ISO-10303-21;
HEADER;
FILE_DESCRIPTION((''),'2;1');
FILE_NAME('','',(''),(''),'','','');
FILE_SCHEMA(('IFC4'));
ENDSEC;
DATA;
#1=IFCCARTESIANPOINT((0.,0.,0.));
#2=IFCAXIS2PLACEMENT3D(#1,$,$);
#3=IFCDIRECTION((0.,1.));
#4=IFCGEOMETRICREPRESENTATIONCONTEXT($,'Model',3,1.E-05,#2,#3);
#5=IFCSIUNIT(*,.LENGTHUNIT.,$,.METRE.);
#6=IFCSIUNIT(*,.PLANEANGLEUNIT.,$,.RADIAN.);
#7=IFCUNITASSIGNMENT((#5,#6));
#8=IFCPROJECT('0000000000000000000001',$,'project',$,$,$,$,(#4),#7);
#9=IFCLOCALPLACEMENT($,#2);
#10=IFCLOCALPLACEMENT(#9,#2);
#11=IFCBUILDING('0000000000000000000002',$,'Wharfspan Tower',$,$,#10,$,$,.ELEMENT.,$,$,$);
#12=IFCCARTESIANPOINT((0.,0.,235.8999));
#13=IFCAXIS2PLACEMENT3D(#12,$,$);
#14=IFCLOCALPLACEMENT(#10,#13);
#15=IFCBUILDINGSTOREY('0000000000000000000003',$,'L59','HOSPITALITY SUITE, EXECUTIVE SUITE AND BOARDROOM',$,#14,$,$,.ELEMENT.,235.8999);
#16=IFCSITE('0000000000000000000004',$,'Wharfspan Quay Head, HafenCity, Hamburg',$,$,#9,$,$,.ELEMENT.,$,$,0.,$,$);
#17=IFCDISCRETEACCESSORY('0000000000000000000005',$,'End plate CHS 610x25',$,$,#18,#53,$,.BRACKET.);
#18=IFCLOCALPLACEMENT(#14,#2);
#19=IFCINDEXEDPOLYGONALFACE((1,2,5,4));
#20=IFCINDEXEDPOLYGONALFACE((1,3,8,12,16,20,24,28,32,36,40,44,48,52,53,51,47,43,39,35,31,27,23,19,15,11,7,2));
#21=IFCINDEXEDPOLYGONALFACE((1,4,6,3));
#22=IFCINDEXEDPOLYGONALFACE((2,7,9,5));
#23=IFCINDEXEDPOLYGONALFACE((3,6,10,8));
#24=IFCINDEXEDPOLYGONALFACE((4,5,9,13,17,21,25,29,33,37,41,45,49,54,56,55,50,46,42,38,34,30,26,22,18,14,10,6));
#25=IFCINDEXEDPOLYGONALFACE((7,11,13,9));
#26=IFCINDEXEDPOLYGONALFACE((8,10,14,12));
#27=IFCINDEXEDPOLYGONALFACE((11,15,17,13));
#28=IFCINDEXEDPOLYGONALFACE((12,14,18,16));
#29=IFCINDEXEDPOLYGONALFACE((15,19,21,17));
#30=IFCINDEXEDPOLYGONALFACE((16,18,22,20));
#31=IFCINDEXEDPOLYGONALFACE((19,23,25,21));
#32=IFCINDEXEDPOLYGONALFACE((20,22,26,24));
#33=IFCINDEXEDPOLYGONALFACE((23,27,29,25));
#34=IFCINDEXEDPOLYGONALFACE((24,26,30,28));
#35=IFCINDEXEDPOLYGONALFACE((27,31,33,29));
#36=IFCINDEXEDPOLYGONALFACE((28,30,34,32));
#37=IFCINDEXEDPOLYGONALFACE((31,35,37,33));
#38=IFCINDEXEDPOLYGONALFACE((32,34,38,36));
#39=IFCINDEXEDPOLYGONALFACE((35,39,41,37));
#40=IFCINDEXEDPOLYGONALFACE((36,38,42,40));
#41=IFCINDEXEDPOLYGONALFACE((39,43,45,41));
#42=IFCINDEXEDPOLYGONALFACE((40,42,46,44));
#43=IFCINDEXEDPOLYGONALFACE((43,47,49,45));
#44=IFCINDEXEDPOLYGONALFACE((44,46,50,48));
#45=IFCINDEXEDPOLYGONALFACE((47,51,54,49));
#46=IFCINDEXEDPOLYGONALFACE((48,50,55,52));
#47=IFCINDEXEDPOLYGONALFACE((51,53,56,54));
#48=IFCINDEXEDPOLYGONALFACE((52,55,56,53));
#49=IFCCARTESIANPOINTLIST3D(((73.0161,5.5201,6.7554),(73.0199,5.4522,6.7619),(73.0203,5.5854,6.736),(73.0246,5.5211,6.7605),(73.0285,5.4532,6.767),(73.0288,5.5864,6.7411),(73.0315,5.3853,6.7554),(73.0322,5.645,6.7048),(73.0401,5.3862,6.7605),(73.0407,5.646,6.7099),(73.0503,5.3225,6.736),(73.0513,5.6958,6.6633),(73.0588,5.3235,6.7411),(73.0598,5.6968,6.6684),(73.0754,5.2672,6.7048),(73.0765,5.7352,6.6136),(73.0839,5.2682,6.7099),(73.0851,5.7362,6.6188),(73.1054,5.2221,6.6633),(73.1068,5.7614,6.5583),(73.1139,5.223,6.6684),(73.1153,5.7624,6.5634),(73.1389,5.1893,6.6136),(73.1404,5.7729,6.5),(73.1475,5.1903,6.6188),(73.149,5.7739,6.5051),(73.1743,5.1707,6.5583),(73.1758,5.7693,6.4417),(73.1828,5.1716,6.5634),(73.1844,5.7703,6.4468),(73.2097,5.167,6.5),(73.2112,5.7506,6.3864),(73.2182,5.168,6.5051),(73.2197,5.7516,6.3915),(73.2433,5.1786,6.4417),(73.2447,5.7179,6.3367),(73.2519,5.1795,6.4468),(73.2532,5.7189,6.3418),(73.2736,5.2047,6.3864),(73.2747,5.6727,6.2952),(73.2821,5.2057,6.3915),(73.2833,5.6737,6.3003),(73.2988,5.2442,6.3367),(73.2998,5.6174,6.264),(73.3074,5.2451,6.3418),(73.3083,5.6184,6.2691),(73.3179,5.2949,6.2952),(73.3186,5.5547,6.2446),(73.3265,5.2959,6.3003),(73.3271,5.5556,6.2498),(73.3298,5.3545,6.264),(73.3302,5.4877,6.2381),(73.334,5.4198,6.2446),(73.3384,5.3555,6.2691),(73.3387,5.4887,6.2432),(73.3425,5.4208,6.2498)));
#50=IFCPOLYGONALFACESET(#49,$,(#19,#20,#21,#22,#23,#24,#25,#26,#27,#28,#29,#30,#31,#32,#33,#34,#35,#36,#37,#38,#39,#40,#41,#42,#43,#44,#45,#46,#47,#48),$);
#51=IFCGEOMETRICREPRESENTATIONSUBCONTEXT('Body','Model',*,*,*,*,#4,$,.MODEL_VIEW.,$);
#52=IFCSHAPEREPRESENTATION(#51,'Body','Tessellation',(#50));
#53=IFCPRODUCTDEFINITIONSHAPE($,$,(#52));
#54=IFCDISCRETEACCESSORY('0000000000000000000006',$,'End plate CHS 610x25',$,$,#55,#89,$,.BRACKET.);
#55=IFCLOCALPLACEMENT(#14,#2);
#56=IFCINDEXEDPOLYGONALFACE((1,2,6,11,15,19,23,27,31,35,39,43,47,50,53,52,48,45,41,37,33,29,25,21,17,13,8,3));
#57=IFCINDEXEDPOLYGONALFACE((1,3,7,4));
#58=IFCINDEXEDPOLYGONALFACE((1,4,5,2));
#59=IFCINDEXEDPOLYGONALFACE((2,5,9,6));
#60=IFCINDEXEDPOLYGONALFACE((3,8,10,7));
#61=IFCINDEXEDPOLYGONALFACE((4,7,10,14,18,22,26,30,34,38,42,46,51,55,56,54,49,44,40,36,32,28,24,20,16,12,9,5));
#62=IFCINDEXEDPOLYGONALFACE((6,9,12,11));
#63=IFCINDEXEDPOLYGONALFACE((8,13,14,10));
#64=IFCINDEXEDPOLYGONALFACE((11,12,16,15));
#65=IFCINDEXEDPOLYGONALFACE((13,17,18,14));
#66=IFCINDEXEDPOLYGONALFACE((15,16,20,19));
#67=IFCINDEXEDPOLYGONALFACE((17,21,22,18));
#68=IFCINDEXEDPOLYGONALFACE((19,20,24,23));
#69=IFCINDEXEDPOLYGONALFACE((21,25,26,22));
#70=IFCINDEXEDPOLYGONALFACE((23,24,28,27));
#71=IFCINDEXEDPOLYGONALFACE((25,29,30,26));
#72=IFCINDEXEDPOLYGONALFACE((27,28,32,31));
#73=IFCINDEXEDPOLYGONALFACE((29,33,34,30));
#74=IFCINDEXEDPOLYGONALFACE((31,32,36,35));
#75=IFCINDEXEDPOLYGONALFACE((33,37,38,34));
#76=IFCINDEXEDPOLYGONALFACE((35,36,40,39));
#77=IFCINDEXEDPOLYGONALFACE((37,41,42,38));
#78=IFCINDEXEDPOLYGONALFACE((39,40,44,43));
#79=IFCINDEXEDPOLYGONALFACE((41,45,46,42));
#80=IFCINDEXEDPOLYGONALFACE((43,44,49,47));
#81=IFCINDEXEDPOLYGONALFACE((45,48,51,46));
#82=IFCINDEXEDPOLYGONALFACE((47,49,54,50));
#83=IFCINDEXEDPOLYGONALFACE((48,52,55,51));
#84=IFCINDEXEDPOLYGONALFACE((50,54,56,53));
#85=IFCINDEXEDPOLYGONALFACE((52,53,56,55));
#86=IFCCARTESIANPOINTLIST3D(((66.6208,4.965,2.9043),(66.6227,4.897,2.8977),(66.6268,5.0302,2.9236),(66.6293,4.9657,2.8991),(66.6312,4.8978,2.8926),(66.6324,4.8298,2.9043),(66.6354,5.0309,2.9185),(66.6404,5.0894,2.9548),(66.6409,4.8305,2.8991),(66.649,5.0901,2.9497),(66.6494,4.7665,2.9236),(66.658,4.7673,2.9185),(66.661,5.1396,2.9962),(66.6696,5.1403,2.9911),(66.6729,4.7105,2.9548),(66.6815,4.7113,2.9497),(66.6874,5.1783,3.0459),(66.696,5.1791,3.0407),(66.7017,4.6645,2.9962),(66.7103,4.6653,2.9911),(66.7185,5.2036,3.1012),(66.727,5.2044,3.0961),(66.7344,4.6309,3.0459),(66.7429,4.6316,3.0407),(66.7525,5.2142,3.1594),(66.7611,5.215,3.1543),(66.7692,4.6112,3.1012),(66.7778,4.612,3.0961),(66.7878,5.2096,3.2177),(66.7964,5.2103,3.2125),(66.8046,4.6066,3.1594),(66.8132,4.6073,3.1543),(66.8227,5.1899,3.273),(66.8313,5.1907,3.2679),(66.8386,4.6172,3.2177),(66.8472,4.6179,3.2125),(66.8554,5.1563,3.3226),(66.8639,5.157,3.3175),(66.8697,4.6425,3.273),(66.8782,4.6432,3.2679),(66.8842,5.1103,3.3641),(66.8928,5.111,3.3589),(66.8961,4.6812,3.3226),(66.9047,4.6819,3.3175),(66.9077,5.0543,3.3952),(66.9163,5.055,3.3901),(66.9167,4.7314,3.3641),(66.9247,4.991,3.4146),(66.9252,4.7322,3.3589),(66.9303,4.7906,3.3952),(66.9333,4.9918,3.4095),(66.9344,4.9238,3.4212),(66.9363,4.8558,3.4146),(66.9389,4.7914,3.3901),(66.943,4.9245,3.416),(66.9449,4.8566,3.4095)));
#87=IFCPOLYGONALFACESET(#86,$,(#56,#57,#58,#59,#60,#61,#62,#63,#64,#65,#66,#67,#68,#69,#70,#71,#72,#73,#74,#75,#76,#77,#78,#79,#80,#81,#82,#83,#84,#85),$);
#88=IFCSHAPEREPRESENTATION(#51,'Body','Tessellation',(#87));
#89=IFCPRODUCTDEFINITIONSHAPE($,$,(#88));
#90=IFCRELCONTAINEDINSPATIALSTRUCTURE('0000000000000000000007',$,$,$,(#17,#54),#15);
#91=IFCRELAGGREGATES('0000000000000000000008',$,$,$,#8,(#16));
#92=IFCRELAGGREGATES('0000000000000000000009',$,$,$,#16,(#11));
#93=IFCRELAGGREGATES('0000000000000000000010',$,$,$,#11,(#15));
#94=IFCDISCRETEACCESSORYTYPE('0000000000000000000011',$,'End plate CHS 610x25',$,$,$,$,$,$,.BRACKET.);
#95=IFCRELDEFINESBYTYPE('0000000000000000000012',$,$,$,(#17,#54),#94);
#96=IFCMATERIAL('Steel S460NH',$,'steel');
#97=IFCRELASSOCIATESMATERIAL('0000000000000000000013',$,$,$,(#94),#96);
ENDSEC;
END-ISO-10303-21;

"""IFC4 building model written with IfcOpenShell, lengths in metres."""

from ifc_helpers import new_model, si_unit, direction, frame, origin, origin_2d, place, context, subcontext, project, spatial, circle, extrude, material, material_profile, profile_set, type_object, element, save


model = new_model("IFC4")

# Units and contexts
model_context = context("Model", 3, precision=1e-05, world=origin(), true_north=direction((0.0, 1.0)))
body_context = subcontext(model_context, "Body", "Model", "MODEL_VIEW")
ifc_project = project(units=[si_unit("LENGTHUNIT", "METRE"), si_unit("PLANEANGLEUNIT", "RADIAN")], contexts=[model_context])

# Site, building, storey
site_placement = place(None, origin())
site = spatial("IfcSite", under=ifc_project, at=site_placement, Name="Wharfspan Quay Head, HafenCity, Hamburg", CompositionType="ELEMENT", RefElevation=0.0)
building_placement = place(site_placement, origin())
building = spatial("IfcBuilding", under=site, at=building_placement, Name="Wharfspan Tower", CompositionType="ELEMENT")
storey_placement = place(building_placement, frame((0.0, 0.0, 235.8999)))
storey = spatial("IfcBuildingStorey", under=building, at=storey_placement, Name="L59", Description="HOSPITALITY SUITE, EXECUTIVE SUITE AND BOARDROOM", CompositionType="ELEMENT", Elevation=235.8999)

# Shared definitions
ifc_material_1 = material(Name="Steel S460NH", Category="steel")

# Discrete accessories
ifc_material_profile_1 = material_profile(ifc_material_1, circle(Radius=0.3049, at=origin_2d()))
ifc_profile_set_1 = profile_set([ifc_material_profile_1], Name="Steel S460NH")
discrete_accessory_type = type_object("IfcDiscreteAccessoryType", Name="End plate CHS 610x25", PredefinedType="BRACKET", material=ifc_profile_set_1)
for number, where, z_axis, x_axis, name in (
    (1, (73.175, 5.47, 6.5), (0.853405, 0.097532, 0.512043), (-0.113547, 0.993531, 0.000001), "End plate CHS 610x25"),
    (2, (66.7871, 4.9111, 3.1543), (-0.855186, -0.073302, 0.513112), (0.085402, -0.996345, 0.000001), "End plate CHS 610x25"),
):
    element("IfcDiscreteAccessory", number, at=place(storey_placement, frame(where, z_axis=z_axis, x_axis=x_axis)), inside=storey, type_object=discrete_accessory_type, Name=name, PredefinedType="BRACKET", context=body_context, shape_type="SweptSolid", body=[
        extrude(circle(Radius=0.3049, at=origin_2d()), origin(), (0.0, 0.0, 1.0), 0.01),
    ])

save(model, "model.ifc")
